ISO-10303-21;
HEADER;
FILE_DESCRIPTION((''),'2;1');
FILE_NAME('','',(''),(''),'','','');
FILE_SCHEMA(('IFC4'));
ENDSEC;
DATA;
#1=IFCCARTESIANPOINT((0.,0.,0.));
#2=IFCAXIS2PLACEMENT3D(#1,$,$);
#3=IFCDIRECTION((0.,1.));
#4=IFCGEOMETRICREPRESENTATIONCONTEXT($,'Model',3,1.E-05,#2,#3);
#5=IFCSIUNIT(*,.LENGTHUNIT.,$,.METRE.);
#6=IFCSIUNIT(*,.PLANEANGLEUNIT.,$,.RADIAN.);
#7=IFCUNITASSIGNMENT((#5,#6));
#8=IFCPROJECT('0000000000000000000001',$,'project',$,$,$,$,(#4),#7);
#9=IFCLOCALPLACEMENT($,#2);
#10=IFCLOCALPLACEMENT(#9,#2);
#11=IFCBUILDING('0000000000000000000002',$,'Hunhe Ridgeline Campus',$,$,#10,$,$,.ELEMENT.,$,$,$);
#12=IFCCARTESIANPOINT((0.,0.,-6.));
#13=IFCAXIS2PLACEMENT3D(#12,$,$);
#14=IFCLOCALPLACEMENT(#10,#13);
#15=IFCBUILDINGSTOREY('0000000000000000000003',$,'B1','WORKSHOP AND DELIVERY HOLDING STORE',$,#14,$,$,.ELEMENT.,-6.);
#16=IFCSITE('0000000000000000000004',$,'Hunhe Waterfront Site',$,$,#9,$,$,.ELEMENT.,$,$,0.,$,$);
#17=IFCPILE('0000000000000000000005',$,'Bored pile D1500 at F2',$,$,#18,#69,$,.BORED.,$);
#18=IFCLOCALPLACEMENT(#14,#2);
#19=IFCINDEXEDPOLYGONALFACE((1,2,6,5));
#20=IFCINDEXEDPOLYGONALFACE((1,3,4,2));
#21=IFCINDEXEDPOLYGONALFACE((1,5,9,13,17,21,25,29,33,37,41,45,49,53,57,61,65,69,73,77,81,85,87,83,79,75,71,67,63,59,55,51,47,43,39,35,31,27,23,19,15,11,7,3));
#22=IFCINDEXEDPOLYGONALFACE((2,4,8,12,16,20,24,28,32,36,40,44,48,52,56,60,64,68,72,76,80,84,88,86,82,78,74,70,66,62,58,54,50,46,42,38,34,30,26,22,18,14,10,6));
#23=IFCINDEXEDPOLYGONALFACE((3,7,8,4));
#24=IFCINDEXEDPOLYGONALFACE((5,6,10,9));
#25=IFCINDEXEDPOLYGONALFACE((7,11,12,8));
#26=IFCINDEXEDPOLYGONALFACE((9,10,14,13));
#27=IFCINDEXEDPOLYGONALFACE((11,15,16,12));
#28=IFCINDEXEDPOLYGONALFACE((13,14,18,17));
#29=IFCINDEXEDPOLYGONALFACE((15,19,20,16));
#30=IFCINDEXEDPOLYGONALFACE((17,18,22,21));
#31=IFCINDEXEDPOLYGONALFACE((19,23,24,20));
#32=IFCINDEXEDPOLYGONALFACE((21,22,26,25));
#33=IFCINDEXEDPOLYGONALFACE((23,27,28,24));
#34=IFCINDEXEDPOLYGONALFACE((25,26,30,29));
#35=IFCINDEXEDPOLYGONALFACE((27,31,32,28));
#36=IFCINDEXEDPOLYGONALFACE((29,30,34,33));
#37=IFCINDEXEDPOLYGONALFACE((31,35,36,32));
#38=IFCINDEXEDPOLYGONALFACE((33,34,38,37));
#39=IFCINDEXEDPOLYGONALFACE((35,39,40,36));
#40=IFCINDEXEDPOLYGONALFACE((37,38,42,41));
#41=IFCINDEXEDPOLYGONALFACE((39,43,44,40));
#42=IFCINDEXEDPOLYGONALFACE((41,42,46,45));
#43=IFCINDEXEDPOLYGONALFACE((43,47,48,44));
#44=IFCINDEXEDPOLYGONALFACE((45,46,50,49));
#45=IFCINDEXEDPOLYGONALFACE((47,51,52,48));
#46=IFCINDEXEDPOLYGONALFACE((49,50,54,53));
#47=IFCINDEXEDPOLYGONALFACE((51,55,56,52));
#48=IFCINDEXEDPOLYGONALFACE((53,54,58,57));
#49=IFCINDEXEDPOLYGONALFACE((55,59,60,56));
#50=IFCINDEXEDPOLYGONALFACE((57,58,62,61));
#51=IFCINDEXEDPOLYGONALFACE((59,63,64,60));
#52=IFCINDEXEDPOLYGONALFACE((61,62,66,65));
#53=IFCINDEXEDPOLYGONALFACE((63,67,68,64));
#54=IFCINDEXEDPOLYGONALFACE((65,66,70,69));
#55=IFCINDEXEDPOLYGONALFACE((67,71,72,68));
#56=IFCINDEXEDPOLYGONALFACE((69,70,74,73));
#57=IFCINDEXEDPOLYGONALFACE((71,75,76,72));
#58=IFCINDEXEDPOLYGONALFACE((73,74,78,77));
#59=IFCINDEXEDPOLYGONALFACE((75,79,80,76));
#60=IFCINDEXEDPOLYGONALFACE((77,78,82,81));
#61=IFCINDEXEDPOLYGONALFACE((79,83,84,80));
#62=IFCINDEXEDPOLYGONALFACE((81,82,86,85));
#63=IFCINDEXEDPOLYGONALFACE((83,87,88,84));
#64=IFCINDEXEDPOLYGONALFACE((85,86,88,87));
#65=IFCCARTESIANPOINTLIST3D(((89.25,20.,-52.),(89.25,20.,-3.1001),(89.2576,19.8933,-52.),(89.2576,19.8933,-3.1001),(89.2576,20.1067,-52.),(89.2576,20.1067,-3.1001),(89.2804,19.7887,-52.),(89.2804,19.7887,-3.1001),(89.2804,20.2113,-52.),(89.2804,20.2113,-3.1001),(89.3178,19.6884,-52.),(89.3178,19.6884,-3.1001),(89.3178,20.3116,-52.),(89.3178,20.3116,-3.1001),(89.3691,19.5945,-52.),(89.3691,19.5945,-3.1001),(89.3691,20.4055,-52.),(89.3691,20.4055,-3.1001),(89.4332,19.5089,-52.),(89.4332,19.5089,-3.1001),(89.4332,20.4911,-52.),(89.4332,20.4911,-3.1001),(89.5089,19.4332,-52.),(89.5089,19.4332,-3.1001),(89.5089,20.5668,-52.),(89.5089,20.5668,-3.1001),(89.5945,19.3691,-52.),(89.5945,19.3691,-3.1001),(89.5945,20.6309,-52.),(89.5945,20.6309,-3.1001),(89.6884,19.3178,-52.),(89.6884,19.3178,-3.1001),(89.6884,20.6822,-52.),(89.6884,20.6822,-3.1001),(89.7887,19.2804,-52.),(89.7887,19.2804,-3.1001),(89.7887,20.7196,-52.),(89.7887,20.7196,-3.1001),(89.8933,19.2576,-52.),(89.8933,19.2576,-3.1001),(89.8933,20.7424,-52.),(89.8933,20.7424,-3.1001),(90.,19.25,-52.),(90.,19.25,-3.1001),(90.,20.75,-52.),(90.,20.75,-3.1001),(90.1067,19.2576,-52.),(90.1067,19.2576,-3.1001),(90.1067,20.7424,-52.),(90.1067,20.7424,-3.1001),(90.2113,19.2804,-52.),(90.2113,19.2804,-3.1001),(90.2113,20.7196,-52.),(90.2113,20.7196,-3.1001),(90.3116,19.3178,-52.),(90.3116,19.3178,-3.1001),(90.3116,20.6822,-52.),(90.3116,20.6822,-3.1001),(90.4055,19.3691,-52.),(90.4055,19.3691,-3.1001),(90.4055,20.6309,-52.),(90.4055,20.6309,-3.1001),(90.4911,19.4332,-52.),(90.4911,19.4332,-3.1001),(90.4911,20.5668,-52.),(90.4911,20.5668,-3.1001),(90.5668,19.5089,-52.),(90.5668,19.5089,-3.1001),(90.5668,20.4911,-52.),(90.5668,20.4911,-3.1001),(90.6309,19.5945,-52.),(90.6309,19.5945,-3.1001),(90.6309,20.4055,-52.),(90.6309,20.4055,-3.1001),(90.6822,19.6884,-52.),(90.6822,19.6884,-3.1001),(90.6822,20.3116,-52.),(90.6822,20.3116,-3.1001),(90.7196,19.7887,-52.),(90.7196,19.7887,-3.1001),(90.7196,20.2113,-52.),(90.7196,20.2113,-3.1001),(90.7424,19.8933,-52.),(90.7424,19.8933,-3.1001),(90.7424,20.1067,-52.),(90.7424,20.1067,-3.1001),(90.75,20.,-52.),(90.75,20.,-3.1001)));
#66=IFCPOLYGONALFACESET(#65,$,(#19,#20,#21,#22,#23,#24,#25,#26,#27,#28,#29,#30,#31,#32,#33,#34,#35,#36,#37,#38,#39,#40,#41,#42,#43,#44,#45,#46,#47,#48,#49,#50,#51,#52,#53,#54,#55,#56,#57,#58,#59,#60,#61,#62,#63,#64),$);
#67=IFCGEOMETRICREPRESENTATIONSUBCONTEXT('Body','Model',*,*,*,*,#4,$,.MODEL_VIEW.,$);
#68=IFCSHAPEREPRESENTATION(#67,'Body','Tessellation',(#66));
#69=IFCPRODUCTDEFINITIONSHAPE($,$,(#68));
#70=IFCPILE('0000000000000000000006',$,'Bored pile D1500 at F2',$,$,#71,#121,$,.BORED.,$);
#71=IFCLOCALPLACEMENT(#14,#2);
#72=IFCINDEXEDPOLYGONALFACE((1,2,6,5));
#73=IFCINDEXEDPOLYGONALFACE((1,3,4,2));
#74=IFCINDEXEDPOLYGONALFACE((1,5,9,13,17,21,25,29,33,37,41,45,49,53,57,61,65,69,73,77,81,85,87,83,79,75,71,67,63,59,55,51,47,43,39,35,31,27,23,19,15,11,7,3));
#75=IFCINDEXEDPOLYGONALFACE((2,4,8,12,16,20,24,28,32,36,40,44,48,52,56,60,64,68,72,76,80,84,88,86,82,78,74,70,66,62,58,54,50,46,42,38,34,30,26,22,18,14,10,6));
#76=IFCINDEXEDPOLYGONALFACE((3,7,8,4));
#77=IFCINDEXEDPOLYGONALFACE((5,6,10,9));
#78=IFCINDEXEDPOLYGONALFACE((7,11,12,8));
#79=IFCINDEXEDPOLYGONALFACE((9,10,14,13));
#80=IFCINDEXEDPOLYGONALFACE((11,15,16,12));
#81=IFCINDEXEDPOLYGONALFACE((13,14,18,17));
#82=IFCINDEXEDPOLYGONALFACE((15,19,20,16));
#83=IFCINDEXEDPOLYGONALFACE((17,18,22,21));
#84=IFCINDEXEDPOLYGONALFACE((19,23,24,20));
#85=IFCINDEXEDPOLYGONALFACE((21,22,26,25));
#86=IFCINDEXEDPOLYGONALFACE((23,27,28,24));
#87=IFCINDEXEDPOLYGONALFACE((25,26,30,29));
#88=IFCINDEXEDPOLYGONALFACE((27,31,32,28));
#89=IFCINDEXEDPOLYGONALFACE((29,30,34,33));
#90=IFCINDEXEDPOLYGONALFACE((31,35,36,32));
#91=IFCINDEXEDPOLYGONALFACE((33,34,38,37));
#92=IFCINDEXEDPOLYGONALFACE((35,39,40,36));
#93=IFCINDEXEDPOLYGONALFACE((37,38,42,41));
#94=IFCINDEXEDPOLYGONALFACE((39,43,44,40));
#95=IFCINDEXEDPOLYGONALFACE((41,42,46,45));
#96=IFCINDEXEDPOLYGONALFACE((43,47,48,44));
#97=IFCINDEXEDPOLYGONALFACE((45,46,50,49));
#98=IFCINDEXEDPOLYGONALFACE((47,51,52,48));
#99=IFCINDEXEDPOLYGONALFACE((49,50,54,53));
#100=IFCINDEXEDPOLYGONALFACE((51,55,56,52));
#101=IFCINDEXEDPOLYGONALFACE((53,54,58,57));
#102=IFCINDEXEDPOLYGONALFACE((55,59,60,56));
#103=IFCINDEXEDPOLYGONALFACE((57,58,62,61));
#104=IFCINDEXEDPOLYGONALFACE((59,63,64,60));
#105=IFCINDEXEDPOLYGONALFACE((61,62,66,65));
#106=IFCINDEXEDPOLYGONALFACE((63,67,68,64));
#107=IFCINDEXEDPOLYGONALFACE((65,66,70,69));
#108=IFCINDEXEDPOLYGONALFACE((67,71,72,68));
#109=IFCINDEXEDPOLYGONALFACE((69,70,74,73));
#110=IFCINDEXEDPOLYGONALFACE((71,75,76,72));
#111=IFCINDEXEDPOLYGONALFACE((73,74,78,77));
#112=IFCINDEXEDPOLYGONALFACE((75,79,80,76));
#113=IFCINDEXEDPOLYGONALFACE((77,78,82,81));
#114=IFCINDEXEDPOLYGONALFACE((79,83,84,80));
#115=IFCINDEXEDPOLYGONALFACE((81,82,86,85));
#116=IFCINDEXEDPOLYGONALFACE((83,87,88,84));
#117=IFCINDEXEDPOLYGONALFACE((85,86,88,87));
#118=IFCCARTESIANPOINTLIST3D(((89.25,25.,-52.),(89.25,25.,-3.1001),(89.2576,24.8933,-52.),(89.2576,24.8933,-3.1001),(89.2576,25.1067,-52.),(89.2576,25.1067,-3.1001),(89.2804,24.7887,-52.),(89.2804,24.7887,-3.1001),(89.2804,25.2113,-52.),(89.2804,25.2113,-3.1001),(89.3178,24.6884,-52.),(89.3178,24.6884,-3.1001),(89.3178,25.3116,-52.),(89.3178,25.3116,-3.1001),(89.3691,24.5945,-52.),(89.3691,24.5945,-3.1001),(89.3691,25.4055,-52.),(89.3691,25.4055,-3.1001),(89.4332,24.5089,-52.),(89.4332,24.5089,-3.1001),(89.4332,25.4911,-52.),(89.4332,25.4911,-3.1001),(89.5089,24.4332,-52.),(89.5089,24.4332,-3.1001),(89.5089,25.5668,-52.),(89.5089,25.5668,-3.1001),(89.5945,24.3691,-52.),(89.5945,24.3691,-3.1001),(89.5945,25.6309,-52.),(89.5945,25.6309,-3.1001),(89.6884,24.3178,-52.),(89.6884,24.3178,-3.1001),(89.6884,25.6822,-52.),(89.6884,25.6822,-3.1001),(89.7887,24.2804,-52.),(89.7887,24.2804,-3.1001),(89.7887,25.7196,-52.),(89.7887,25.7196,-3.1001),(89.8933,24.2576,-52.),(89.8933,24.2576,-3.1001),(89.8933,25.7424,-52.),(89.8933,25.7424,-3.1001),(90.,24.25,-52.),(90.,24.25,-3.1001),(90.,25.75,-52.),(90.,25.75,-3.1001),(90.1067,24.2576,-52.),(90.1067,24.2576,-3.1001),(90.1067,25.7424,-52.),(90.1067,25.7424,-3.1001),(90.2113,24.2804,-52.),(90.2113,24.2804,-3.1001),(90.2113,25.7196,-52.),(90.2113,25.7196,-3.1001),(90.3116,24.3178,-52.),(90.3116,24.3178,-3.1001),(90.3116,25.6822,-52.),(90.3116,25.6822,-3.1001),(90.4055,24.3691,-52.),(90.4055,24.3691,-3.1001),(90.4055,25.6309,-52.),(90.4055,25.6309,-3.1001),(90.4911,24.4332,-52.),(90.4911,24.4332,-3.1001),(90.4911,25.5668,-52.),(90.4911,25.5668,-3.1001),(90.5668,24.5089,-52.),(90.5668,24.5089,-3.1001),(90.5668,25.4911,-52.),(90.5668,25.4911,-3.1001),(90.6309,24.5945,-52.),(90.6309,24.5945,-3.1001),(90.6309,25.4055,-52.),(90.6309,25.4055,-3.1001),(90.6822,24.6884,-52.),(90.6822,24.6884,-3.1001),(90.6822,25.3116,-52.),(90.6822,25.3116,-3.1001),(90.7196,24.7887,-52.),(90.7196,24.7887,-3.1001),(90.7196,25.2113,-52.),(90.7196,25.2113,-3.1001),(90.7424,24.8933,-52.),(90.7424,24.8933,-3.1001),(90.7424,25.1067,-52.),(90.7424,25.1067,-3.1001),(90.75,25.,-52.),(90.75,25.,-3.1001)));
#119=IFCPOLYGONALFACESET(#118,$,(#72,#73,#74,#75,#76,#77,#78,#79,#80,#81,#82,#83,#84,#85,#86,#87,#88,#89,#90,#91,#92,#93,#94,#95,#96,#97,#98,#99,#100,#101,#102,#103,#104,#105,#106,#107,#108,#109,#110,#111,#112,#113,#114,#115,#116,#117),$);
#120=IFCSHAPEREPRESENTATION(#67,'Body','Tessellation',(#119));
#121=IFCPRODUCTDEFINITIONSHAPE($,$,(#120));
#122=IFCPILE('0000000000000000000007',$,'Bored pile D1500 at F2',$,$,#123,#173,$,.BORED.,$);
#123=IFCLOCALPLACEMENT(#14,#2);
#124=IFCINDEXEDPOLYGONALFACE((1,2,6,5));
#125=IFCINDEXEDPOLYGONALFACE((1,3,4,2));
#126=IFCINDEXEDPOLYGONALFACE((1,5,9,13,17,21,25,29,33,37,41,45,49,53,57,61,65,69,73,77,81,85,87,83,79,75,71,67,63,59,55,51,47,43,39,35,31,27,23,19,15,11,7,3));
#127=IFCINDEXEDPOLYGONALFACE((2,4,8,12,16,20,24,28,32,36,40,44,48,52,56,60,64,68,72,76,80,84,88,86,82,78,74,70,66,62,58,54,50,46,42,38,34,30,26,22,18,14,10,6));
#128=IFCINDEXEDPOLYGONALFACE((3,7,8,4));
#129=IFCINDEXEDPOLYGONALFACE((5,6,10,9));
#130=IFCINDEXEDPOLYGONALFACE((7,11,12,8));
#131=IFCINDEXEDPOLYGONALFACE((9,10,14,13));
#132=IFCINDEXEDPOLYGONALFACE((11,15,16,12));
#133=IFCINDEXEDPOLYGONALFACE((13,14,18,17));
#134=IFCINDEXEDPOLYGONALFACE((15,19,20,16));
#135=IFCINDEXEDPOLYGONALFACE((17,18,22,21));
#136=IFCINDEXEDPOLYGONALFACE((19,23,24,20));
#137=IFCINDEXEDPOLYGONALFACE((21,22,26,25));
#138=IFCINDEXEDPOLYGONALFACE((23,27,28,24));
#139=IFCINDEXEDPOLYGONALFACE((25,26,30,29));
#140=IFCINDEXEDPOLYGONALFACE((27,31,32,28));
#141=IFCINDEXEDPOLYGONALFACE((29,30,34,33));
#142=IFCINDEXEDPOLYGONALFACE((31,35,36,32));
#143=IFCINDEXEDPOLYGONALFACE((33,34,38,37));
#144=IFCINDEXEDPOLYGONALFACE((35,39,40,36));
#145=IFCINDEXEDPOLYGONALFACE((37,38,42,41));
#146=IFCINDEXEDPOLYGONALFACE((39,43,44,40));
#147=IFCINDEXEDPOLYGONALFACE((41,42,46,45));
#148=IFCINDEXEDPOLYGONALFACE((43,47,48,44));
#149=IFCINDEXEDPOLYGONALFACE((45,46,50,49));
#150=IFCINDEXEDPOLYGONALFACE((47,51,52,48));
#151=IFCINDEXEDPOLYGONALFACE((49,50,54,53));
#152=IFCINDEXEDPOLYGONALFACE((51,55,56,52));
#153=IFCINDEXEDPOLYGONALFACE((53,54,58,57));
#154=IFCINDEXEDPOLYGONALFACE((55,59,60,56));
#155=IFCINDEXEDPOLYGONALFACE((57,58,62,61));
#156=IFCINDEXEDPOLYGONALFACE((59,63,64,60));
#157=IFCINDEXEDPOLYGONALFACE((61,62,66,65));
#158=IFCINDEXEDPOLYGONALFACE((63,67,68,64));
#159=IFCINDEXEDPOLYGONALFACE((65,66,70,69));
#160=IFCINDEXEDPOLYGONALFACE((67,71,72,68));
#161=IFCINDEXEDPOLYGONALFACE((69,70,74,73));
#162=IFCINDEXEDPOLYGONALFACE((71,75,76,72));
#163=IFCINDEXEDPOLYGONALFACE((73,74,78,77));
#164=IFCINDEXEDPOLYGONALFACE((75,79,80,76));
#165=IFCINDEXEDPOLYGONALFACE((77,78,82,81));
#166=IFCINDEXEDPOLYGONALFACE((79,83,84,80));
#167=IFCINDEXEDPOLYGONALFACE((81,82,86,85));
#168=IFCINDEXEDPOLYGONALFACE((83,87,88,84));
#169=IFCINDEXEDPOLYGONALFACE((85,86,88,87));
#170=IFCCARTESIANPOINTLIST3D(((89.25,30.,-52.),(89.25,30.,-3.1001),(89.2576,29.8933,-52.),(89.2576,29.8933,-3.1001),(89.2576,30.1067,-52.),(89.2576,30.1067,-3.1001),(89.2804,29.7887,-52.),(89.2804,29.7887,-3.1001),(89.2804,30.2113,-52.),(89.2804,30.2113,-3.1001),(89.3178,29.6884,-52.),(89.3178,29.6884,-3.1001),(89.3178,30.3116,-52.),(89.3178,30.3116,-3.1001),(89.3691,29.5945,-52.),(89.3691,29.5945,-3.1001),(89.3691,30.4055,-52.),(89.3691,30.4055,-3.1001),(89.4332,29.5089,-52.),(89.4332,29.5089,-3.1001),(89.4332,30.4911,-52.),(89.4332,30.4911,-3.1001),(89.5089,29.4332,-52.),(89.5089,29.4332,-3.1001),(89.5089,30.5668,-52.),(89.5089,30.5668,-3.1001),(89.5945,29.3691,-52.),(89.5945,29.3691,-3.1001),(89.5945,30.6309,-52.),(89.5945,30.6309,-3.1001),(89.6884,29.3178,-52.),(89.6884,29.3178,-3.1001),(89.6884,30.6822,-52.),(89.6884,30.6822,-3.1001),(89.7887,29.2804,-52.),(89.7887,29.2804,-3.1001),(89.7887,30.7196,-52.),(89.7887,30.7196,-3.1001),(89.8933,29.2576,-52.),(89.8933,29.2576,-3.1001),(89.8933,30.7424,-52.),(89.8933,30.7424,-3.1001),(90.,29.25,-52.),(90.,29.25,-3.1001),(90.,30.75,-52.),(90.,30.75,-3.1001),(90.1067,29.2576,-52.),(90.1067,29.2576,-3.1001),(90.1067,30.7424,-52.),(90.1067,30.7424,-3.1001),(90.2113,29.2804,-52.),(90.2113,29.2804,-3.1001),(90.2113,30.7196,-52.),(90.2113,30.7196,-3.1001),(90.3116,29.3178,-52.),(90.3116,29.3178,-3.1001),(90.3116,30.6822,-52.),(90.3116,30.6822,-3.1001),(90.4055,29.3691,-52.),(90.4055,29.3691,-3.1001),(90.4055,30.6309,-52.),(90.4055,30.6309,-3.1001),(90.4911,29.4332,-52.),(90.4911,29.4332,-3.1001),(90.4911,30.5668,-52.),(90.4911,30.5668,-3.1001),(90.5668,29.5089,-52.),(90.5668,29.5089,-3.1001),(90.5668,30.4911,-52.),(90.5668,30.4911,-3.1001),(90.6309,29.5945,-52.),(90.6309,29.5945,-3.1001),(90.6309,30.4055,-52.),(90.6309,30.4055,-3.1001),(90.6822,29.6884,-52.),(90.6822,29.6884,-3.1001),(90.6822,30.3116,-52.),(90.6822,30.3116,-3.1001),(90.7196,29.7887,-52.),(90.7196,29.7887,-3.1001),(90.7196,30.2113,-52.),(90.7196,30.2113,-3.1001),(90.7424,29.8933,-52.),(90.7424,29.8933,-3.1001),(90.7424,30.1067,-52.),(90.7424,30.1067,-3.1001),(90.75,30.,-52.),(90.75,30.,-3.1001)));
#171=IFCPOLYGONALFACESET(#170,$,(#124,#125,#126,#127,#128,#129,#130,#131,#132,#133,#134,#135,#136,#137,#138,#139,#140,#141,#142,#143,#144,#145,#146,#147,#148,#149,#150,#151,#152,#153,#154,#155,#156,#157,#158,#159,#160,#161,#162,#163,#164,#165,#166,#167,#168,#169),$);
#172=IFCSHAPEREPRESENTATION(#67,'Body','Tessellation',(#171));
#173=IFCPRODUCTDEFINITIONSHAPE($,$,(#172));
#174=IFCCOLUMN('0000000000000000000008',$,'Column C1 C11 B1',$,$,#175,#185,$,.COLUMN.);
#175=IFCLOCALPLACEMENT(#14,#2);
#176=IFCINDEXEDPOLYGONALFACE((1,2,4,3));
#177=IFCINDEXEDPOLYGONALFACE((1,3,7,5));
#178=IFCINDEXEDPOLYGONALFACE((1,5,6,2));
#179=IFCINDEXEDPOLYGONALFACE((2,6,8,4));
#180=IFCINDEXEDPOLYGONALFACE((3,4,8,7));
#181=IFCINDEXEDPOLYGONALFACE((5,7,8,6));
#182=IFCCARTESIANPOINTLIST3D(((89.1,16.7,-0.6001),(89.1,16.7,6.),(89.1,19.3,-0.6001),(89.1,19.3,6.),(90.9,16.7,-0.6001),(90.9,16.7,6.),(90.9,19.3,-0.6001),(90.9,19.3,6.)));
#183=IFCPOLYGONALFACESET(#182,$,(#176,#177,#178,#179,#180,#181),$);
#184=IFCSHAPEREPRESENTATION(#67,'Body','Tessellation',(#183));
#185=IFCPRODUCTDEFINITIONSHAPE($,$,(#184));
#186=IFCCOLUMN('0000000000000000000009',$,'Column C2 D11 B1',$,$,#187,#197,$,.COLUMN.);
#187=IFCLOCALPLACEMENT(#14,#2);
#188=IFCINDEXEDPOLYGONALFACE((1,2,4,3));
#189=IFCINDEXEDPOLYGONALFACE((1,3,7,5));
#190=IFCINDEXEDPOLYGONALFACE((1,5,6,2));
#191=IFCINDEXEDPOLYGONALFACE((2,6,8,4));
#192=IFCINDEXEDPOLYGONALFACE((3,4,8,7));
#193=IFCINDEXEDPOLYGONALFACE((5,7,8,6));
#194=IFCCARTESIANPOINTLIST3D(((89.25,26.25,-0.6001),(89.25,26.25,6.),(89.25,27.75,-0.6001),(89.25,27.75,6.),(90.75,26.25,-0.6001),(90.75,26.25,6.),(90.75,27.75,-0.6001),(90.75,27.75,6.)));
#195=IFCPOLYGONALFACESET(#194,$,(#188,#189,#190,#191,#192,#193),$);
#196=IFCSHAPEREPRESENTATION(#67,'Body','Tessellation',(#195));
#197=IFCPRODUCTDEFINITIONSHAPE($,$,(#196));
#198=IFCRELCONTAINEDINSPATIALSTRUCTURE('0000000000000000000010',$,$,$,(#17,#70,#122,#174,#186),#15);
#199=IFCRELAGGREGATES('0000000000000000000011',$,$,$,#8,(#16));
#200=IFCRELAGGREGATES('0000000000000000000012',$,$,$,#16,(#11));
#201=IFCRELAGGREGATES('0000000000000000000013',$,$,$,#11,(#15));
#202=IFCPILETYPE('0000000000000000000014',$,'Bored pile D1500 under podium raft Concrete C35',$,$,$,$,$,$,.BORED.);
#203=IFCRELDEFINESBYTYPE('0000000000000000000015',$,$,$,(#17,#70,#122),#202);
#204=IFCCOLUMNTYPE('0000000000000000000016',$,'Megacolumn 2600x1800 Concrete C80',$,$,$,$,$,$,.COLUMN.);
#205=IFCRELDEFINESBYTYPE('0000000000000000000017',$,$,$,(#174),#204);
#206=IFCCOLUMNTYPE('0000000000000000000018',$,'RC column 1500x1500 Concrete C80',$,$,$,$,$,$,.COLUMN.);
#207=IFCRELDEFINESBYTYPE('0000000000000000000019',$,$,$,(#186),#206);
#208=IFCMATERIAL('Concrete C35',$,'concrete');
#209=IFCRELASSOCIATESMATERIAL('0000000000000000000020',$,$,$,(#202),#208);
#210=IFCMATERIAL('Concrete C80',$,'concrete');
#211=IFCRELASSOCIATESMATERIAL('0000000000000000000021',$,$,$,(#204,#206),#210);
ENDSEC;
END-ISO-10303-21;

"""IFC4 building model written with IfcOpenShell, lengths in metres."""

from ifc_helpers import new_model, si_unit, direction, frame, origin, origin_2d, place, context, subcontext, project, spatial, rectangle, circle, extrude, material, material_profile, profile_set, type_object, element, save


model = new_model("IFC4")

# Units and contexts
model_context = context("Model", 3, precision=1e-05, world=origin(), true_north=direction((0.0, 1.0)))
body_context = subcontext(model_context, "Body", "Model", "MODEL_VIEW")
ifc_project = project(units=[si_unit("LENGTHUNIT", "METRE"), si_unit("PLANEANGLEUNIT", "RADIAN")], contexts=[model_context])

# Site, building, storey
site_placement = place(None, origin())
site = spatial("IfcSite", under=ifc_project, at=site_placement, Name="Hunhe Waterfront Site", CompositionType="ELEMENT", RefElevation=0.0)
building_placement = place(site_placement, origin())
building = spatial("IfcBuilding", under=site, at=building_placement, Name="Hunhe Ridgeline Campus", CompositionType="ELEMENT")
storey_placement = place(building_placement, frame((0.0, 0.0, -6.0)))
storey = spatial("IfcBuildingStorey", under=building, at=storey_placement, Name="B1", Description="WORKSHOP AND DELIVERY HOLDING STORE", CompositionType="ELEMENT", Elevation=-6.0)

# Piles
ifc_material_1 = material(Name="Concrete C35", Category="concrete")
ifc_material_profile_1 = material_profile(ifc_material_1, circle(Radius=0.75, at=origin_2d()))
ifc_profile_set_1 = profile_set([ifc_material_profile_1], Name="Concrete C35")
pile_type = type_object("IfcPileType", Name="Bored pile D1500 under podium raft Concrete C35", PredefinedType="BORED", material=ifc_profile_set_1)
for number, where, z_axis, x_axis, name in (
    (1, (90.0, 20.0, -3.1001), (0.0, 0.0, -1.0), (1.0, 0.0, 0.0), "Bored pile D1500 at F2"),
    (2, (90.0, 25.0, -3.1001), (0.0, 0.0, -1.0), (1.0, 0.0, 0.0), "Bored pile D1500 at F2"),
    (3, (90.0, 30.0, -3.1001), (0.0, 0.0, -1.0), (1.0, 0.0, 0.0), "Bored pile D1500 at F2"),
):
    element("IfcPile", number, at=place(storey_placement, frame(where, z_axis=z_axis, x_axis=x_axis)), inside=storey, type_object=pile_type, Name=name, PredefinedType="BORED", context=body_context, shape_type="SweptSolid", body=[
        extrude(circle(Radius=0.75, at=origin_2d()), origin(), (0.0, 0.0, 1.0), 48.8999),
    ])

# Columns
ifc_material_2 = material(Name="Concrete C80", Category="concrete")
ifc_material_profile_2 = material_profile(ifc_material_2, rectangle(XDim=2.6001, YDim=1.8, at=origin_2d()))
ifc_profile_set_2 = profile_set([ifc_material_profile_2], Name="Concrete C80")
column_type_1 = type_object("IfcColumnType", Name="Megacolumn 2600x1800 Concrete C80", PredefinedType="COLUMN", material=ifc_profile_set_2)
column_1_placement = place(storey_placement, frame((90.0, 18.0, -0.6001), z_axis=(0.0, 0.0, 1.0), x_axis=(0.0, 1.0, 0.0)))
element("IfcColumn", 4, at=column_1_placement, inside=storey, type_object=column_type_1, Name="Column C1 C11 B1", PredefinedType="COLUMN", context=body_context, shape_type="SweptSolid", body=[
    extrude(rectangle(XDim=2.6001, YDim=1.8, at=origin_2d()), origin(), (0.0, 0.0, 1.0), 6.6001),
])
ifc_material_profile_3 = material_profile(ifc_material_2, rectangle(XDim=1.5, YDim=1.5, at=origin_2d()))
ifc_profile_set_3 = profile_set([ifc_material_profile_3], Name="Concrete C80")
column_type_2 = type_object("IfcColumnType", Name="RC column 1500x1500 Concrete C80", PredefinedType="COLUMN", material=ifc_profile_set_3)
column_2_placement = place(storey_placement, frame((90.0, 27.0, -0.6001), z_axis=(0.0, 0.0, 1.0), x_axis=(1.0, 0.0, 0.0)))
element("IfcColumn", 5, at=column_2_placement, inside=storey, type_object=column_type_2, Name="Column C2 D11 B1", PredefinedType="COLUMN", context=body_context, shape_type="SweptSolid", body=[
    extrude(rectangle(XDim=1.5, YDim=1.5, at=origin_2d()), origin(), (0.0, 0.0, 1.0), 6.6001),
])

save(model, "model.ifc")
